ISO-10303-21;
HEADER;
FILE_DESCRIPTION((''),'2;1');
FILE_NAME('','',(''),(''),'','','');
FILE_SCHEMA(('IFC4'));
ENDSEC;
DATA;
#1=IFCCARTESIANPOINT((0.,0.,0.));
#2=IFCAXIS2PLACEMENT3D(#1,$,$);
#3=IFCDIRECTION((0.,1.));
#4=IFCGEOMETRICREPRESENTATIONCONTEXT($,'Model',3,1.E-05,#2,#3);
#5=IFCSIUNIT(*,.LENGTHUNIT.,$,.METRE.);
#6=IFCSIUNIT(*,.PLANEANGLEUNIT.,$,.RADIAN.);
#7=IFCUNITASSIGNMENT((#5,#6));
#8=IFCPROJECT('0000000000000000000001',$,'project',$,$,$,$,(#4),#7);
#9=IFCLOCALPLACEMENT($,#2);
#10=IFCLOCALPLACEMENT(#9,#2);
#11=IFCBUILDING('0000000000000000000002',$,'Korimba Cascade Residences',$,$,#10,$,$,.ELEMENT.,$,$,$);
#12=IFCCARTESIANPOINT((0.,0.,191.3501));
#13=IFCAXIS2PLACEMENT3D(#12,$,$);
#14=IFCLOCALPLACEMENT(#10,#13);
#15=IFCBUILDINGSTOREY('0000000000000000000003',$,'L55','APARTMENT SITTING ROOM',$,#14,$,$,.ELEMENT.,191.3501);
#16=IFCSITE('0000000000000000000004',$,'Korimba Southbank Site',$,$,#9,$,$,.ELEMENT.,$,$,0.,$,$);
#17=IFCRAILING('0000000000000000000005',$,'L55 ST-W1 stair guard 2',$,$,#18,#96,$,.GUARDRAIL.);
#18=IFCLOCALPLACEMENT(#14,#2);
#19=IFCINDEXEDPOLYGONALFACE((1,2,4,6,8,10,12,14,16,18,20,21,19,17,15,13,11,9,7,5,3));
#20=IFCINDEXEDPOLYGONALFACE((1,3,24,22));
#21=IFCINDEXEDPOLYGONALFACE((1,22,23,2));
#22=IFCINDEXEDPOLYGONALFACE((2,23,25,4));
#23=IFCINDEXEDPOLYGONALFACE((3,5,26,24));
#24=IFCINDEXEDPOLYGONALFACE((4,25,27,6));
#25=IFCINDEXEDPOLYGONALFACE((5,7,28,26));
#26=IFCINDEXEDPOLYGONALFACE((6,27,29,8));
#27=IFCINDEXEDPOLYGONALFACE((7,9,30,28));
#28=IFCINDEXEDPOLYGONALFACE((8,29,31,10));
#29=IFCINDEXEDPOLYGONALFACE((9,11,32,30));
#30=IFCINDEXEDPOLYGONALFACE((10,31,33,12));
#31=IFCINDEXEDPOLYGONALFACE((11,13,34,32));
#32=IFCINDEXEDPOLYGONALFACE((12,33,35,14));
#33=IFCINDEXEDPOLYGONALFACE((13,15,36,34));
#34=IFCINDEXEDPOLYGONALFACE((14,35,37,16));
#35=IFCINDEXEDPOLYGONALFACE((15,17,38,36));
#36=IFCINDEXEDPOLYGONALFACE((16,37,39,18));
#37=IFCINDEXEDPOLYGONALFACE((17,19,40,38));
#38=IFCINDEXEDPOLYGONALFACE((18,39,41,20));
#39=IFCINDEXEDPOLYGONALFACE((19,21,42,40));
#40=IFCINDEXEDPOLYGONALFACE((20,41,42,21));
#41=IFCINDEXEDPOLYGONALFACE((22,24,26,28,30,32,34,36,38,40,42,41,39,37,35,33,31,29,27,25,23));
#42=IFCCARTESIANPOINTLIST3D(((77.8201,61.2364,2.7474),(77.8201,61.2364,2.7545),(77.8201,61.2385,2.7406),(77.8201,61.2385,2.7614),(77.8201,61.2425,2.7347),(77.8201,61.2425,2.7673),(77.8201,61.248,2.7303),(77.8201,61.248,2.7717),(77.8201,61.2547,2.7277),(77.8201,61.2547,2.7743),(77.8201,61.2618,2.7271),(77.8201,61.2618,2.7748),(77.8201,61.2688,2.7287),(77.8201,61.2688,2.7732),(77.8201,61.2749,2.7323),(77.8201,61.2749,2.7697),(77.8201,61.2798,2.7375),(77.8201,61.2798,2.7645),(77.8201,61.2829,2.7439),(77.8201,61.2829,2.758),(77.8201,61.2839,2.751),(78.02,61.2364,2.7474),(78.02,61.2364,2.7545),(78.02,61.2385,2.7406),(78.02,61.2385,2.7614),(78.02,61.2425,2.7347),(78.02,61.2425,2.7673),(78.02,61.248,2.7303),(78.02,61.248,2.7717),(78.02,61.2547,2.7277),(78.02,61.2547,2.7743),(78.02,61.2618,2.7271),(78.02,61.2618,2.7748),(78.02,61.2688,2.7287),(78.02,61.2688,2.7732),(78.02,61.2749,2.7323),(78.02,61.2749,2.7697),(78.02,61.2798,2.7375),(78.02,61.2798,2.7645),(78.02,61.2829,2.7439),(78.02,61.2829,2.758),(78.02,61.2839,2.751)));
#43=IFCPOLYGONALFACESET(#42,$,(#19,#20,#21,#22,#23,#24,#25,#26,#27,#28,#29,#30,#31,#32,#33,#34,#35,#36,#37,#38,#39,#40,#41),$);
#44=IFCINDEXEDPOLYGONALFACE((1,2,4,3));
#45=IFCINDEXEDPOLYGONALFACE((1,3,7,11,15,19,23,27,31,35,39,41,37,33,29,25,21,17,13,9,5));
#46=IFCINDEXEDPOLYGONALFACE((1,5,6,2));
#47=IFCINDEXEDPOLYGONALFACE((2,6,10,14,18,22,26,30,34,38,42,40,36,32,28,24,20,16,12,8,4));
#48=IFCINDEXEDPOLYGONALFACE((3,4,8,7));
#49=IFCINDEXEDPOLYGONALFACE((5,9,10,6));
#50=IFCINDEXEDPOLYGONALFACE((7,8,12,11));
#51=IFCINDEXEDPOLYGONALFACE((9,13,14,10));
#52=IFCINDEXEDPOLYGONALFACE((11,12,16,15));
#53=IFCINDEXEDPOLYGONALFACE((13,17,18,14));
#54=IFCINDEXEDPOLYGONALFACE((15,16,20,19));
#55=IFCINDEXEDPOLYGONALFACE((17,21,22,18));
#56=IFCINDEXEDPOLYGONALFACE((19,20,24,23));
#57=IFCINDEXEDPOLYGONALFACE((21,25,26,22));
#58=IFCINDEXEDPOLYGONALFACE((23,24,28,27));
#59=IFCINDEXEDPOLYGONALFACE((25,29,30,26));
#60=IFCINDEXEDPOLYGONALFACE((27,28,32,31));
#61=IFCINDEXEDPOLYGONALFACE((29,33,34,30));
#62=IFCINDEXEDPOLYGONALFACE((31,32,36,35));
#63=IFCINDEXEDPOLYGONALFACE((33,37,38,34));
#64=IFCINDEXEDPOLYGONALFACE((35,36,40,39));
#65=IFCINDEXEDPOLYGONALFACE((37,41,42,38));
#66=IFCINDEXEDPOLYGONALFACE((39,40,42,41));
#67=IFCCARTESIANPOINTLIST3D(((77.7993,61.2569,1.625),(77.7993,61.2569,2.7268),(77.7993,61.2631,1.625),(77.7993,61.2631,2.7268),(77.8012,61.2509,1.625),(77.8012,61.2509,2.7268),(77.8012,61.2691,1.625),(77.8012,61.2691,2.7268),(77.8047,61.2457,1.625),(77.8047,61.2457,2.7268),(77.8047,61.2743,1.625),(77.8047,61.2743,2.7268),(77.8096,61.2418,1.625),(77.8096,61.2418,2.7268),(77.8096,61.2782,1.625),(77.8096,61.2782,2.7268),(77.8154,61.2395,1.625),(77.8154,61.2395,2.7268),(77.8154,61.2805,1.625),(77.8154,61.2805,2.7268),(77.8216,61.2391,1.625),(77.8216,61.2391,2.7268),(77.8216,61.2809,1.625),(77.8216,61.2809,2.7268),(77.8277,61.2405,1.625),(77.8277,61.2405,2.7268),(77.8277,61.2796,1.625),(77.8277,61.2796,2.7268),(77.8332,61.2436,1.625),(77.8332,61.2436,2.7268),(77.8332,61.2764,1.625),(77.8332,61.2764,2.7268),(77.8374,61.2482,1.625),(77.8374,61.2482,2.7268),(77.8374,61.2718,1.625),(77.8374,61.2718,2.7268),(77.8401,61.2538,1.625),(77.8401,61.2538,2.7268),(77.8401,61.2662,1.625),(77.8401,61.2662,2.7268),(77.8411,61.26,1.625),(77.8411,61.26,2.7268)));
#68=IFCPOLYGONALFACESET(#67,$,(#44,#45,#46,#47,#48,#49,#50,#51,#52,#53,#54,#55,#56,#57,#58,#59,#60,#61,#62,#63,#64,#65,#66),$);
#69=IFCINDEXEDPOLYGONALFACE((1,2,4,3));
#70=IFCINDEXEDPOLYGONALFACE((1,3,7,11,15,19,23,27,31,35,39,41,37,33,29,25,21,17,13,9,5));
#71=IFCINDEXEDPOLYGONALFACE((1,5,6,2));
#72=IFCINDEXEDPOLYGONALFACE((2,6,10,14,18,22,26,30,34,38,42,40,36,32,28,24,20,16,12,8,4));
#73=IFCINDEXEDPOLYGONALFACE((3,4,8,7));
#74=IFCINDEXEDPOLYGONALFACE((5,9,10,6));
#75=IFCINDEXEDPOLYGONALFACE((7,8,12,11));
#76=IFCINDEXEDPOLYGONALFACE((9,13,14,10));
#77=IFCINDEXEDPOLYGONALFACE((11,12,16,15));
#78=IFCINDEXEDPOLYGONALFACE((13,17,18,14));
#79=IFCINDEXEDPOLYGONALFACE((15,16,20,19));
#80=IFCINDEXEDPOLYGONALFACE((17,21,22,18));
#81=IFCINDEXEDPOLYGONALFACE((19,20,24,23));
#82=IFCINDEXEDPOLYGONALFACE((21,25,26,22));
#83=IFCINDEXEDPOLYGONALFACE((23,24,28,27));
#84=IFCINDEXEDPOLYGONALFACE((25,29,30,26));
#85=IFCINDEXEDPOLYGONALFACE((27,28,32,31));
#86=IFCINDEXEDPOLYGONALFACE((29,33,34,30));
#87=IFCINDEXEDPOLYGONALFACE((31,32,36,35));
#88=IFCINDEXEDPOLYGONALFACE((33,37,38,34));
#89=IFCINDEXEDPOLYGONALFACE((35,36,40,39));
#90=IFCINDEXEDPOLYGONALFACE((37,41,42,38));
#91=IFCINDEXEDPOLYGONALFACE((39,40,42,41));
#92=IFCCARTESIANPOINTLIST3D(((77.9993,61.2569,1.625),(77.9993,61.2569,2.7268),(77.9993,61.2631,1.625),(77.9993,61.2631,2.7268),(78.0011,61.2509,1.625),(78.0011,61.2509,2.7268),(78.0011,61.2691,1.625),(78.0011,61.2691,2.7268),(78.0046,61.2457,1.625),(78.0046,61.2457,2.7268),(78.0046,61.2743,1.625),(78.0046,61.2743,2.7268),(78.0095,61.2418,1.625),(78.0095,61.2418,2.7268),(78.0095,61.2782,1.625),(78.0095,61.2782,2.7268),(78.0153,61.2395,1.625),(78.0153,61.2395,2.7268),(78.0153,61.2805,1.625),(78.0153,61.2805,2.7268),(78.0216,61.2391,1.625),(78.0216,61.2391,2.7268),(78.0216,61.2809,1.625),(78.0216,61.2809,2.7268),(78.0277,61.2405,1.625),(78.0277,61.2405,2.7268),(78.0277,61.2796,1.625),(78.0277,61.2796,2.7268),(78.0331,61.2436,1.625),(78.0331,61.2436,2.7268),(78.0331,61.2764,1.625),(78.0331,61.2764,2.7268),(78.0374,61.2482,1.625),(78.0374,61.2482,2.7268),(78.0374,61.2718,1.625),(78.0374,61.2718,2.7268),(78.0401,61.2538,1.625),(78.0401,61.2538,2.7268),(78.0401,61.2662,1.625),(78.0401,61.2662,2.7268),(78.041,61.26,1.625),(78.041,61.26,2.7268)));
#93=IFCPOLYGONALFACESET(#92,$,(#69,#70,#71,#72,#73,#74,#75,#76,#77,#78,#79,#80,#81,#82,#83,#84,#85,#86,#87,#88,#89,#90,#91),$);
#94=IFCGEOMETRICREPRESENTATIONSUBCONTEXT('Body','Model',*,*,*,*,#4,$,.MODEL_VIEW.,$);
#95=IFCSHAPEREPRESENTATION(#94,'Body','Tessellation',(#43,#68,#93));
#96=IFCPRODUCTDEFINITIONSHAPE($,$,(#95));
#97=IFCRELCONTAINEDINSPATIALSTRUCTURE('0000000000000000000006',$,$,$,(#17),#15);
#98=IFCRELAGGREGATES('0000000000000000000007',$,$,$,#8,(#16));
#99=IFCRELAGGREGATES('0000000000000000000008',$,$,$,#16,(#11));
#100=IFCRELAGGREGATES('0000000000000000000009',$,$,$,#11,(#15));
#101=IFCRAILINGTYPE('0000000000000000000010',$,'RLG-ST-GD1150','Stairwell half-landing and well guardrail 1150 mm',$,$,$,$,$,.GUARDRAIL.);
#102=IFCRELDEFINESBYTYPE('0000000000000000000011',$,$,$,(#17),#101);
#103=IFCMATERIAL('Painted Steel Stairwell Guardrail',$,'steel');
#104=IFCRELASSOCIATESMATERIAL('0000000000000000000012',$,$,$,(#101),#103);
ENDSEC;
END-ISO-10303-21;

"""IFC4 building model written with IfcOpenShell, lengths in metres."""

from ifc_helpers import new_model, si_unit, direction, frame, origin, origin_2d, place, context, subcontext, project, spatial, circle, extrude, material, type_object, element, save


model = new_model("IFC4")

# Units and contexts
model_context = context("Model", 3, precision=1e-05, world=origin(), true_north=direction((0.0, 1.0)))
body_context = subcontext(model_context, "Body", "Model", "MODEL_VIEW")
ifc_project = project(units=[si_unit("LENGTHUNIT", "METRE"), si_unit("PLANEANGLEUNIT", "RADIAN")], contexts=[model_context])

# Site, building, storey
site_placement = place(None, origin())
site = spatial("IfcSite", under=ifc_project, at=site_placement, Name="Korimba Southbank Site", CompositionType="ELEMENT", RefElevation=0.0)
building_placement = place(site_placement, origin())
building = spatial("IfcBuilding", under=site, at=building_placement, Name="Korimba Cascade Residences", CompositionType="ELEMENT")
storey_placement = place(building_placement, frame((0.0, 0.0, 191.3501)))
storey = spatial("IfcBuildingStorey", under=building, at=storey_placement, Name="L55", Description="APARTMENT SITTING ROOM", CompositionType="ELEMENT", Elevation=191.3501)

# Railing
ifc_material_1 = material(Name="Painted Steel Stairwell Guardrail", Category="steel")
railing_type_1 = type_object("IfcRailingType", Name="RLG-ST-GD1150", Description="Stairwell half-landing and well guardrail 1150 mm", PredefinedType="GUARDRAIL", material=ifc_material_1)
railing_1_placement = place(storey_placement, frame((77.8201, 61.26, 1.625)))
element("IfcRailing", 1, at=railing_1_placement, inside=storey, type_object=railing_type_1, Name="L55 ST-W1 stair guard 2", PredefinedType="GUARDRAIL", context=body_context, shape_type="SweptSolid", body=[
    extrude(circle(Radius=0.0239, at=origin_2d()), frame((0.0, 0.0, 1.126), z_axis=(1.0, 0.0, 0.0), x_axis=(0.0, 1.0, 0.0)), (0.0, 0.0, 1.0), 0.2),
    extrude(circle(Radius=0.021, at=origin_2d()), origin(), (0.0, 0.0, 1.0), 1.1018),
    extrude(circle(Radius=0.021, at=origin_2d()), frame((0.2, 0.0, 0.0)), (0.0, 0.0, 1.0), 1.1018),
])

save(model, "model.ifc")
